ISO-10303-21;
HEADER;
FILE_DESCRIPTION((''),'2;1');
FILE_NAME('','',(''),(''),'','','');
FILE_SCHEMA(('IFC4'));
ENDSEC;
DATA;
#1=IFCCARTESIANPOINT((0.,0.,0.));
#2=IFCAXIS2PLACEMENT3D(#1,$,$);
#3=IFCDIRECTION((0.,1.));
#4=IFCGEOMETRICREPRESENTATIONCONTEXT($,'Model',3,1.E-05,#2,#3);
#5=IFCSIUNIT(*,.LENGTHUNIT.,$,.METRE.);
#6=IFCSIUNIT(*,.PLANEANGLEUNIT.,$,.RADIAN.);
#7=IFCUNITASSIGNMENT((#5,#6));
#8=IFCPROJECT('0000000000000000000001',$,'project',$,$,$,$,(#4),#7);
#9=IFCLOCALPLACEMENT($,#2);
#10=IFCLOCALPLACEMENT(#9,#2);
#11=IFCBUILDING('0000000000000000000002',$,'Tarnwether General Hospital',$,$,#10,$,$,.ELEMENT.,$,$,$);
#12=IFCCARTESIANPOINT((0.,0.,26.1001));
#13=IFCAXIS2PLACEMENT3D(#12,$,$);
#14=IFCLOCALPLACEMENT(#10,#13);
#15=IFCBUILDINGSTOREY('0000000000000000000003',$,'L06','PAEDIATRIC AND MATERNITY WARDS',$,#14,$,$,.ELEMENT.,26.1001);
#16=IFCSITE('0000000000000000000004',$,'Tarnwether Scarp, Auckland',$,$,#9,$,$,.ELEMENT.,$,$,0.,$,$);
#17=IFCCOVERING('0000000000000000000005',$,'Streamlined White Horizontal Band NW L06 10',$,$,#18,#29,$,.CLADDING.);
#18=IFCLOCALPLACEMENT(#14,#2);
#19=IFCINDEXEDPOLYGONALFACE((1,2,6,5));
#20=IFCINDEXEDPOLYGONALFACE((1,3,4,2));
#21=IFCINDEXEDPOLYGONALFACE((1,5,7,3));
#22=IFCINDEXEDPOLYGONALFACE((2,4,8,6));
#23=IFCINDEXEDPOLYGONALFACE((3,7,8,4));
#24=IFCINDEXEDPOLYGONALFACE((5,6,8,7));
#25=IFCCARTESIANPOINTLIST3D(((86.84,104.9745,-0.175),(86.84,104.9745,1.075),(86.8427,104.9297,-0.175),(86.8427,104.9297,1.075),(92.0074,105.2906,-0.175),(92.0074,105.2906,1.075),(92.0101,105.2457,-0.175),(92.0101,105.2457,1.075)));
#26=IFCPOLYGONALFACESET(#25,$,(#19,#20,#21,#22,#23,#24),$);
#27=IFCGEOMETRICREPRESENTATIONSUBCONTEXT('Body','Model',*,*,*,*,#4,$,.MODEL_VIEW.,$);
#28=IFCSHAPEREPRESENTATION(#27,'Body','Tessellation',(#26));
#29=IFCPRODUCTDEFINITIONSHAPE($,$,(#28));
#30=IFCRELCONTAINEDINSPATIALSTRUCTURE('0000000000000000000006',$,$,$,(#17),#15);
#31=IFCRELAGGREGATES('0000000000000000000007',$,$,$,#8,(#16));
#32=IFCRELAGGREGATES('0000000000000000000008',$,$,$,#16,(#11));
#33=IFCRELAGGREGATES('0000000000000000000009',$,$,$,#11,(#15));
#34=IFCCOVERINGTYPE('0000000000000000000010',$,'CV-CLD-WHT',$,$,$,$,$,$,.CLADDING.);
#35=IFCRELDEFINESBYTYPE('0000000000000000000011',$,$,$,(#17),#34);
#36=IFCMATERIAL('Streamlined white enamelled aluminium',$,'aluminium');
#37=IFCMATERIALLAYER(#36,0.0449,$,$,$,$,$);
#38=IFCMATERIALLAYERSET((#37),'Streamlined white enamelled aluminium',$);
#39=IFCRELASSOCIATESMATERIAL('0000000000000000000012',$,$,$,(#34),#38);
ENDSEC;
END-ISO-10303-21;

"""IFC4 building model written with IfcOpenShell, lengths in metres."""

from ifc_helpers import new_model, si_unit, direction, frame, origin, origin_2d, place, context, subcontext, project, spatial, rectangle, extrude, material, layer, layer_set, type_object, element, save


model = new_model("IFC4")

# Units and contexts
model_context = context("Model", 3, precision=1e-05, world=origin(), true_north=direction((0.0, 1.0)))
body_context = subcontext(model_context, "Body", "Model", "MODEL_VIEW")
ifc_project = project(units=[si_unit("LENGTHUNIT", "METRE"), si_unit("PLANEANGLEUNIT", "RADIAN")], contexts=[model_context])

# Site, building, storey
site_placement = place(None, origin())
site = spatial("IfcSite", under=ifc_project, at=site_placement, Name="Tarnwether Scarp, Auckland", CompositionType="ELEMENT", RefElevation=0.0)
building_placement = place(site_placement, origin())
building = spatial("IfcBuilding", under=site, at=building_placement, Name="Tarnwether General Hospital", CompositionType="ELEMENT")
storey_placement = place(building_placement, frame((0.0, 0.0, 26.1001)))
storey = spatial("IfcBuildingStorey", under=building, at=storey_placement, Name="L06", Description="PAEDIATRIC AND MATERNITY WARDS", CompositionType="ELEMENT", Elevation=26.1001)

# Covering
ifc_material_1 = material(Name="Streamlined white enamelled aluminium", Category="aluminium")
ifc_layer_1 = layer(ifc_material_1, 0.0449)
ifc_layer_set_1 = layer_set([ifc_layer_1], Name="Streamlined white enamelled aluminium")
covering_type = type_object("IfcCoveringType", Name="CV-CLD-WHT", PredefinedType="CLADDING", material=ifc_layer_set_1)
covering_placement = place(storey_placement, frame((89.425, 105.1101, -0.175), z_axis=(0.0, 0.0, 1.0), x_axis=(-0.998135, -0.061049, 0.0)))
element("IfcCovering", 1, at=covering_placement, inside=storey, type_object=covering_type, Name="Streamlined White Horizontal Band NW L06 10", PredefinedType="CLADDING", context=body_context, shape_type="SweptSolid", body=[
    extrude(rectangle(XDim=5.177, YDim=0.0449, at=origin_2d()), origin(), (0.0, 0.0, 1.0), 1.25),
])

save(model, "model.ifc")
